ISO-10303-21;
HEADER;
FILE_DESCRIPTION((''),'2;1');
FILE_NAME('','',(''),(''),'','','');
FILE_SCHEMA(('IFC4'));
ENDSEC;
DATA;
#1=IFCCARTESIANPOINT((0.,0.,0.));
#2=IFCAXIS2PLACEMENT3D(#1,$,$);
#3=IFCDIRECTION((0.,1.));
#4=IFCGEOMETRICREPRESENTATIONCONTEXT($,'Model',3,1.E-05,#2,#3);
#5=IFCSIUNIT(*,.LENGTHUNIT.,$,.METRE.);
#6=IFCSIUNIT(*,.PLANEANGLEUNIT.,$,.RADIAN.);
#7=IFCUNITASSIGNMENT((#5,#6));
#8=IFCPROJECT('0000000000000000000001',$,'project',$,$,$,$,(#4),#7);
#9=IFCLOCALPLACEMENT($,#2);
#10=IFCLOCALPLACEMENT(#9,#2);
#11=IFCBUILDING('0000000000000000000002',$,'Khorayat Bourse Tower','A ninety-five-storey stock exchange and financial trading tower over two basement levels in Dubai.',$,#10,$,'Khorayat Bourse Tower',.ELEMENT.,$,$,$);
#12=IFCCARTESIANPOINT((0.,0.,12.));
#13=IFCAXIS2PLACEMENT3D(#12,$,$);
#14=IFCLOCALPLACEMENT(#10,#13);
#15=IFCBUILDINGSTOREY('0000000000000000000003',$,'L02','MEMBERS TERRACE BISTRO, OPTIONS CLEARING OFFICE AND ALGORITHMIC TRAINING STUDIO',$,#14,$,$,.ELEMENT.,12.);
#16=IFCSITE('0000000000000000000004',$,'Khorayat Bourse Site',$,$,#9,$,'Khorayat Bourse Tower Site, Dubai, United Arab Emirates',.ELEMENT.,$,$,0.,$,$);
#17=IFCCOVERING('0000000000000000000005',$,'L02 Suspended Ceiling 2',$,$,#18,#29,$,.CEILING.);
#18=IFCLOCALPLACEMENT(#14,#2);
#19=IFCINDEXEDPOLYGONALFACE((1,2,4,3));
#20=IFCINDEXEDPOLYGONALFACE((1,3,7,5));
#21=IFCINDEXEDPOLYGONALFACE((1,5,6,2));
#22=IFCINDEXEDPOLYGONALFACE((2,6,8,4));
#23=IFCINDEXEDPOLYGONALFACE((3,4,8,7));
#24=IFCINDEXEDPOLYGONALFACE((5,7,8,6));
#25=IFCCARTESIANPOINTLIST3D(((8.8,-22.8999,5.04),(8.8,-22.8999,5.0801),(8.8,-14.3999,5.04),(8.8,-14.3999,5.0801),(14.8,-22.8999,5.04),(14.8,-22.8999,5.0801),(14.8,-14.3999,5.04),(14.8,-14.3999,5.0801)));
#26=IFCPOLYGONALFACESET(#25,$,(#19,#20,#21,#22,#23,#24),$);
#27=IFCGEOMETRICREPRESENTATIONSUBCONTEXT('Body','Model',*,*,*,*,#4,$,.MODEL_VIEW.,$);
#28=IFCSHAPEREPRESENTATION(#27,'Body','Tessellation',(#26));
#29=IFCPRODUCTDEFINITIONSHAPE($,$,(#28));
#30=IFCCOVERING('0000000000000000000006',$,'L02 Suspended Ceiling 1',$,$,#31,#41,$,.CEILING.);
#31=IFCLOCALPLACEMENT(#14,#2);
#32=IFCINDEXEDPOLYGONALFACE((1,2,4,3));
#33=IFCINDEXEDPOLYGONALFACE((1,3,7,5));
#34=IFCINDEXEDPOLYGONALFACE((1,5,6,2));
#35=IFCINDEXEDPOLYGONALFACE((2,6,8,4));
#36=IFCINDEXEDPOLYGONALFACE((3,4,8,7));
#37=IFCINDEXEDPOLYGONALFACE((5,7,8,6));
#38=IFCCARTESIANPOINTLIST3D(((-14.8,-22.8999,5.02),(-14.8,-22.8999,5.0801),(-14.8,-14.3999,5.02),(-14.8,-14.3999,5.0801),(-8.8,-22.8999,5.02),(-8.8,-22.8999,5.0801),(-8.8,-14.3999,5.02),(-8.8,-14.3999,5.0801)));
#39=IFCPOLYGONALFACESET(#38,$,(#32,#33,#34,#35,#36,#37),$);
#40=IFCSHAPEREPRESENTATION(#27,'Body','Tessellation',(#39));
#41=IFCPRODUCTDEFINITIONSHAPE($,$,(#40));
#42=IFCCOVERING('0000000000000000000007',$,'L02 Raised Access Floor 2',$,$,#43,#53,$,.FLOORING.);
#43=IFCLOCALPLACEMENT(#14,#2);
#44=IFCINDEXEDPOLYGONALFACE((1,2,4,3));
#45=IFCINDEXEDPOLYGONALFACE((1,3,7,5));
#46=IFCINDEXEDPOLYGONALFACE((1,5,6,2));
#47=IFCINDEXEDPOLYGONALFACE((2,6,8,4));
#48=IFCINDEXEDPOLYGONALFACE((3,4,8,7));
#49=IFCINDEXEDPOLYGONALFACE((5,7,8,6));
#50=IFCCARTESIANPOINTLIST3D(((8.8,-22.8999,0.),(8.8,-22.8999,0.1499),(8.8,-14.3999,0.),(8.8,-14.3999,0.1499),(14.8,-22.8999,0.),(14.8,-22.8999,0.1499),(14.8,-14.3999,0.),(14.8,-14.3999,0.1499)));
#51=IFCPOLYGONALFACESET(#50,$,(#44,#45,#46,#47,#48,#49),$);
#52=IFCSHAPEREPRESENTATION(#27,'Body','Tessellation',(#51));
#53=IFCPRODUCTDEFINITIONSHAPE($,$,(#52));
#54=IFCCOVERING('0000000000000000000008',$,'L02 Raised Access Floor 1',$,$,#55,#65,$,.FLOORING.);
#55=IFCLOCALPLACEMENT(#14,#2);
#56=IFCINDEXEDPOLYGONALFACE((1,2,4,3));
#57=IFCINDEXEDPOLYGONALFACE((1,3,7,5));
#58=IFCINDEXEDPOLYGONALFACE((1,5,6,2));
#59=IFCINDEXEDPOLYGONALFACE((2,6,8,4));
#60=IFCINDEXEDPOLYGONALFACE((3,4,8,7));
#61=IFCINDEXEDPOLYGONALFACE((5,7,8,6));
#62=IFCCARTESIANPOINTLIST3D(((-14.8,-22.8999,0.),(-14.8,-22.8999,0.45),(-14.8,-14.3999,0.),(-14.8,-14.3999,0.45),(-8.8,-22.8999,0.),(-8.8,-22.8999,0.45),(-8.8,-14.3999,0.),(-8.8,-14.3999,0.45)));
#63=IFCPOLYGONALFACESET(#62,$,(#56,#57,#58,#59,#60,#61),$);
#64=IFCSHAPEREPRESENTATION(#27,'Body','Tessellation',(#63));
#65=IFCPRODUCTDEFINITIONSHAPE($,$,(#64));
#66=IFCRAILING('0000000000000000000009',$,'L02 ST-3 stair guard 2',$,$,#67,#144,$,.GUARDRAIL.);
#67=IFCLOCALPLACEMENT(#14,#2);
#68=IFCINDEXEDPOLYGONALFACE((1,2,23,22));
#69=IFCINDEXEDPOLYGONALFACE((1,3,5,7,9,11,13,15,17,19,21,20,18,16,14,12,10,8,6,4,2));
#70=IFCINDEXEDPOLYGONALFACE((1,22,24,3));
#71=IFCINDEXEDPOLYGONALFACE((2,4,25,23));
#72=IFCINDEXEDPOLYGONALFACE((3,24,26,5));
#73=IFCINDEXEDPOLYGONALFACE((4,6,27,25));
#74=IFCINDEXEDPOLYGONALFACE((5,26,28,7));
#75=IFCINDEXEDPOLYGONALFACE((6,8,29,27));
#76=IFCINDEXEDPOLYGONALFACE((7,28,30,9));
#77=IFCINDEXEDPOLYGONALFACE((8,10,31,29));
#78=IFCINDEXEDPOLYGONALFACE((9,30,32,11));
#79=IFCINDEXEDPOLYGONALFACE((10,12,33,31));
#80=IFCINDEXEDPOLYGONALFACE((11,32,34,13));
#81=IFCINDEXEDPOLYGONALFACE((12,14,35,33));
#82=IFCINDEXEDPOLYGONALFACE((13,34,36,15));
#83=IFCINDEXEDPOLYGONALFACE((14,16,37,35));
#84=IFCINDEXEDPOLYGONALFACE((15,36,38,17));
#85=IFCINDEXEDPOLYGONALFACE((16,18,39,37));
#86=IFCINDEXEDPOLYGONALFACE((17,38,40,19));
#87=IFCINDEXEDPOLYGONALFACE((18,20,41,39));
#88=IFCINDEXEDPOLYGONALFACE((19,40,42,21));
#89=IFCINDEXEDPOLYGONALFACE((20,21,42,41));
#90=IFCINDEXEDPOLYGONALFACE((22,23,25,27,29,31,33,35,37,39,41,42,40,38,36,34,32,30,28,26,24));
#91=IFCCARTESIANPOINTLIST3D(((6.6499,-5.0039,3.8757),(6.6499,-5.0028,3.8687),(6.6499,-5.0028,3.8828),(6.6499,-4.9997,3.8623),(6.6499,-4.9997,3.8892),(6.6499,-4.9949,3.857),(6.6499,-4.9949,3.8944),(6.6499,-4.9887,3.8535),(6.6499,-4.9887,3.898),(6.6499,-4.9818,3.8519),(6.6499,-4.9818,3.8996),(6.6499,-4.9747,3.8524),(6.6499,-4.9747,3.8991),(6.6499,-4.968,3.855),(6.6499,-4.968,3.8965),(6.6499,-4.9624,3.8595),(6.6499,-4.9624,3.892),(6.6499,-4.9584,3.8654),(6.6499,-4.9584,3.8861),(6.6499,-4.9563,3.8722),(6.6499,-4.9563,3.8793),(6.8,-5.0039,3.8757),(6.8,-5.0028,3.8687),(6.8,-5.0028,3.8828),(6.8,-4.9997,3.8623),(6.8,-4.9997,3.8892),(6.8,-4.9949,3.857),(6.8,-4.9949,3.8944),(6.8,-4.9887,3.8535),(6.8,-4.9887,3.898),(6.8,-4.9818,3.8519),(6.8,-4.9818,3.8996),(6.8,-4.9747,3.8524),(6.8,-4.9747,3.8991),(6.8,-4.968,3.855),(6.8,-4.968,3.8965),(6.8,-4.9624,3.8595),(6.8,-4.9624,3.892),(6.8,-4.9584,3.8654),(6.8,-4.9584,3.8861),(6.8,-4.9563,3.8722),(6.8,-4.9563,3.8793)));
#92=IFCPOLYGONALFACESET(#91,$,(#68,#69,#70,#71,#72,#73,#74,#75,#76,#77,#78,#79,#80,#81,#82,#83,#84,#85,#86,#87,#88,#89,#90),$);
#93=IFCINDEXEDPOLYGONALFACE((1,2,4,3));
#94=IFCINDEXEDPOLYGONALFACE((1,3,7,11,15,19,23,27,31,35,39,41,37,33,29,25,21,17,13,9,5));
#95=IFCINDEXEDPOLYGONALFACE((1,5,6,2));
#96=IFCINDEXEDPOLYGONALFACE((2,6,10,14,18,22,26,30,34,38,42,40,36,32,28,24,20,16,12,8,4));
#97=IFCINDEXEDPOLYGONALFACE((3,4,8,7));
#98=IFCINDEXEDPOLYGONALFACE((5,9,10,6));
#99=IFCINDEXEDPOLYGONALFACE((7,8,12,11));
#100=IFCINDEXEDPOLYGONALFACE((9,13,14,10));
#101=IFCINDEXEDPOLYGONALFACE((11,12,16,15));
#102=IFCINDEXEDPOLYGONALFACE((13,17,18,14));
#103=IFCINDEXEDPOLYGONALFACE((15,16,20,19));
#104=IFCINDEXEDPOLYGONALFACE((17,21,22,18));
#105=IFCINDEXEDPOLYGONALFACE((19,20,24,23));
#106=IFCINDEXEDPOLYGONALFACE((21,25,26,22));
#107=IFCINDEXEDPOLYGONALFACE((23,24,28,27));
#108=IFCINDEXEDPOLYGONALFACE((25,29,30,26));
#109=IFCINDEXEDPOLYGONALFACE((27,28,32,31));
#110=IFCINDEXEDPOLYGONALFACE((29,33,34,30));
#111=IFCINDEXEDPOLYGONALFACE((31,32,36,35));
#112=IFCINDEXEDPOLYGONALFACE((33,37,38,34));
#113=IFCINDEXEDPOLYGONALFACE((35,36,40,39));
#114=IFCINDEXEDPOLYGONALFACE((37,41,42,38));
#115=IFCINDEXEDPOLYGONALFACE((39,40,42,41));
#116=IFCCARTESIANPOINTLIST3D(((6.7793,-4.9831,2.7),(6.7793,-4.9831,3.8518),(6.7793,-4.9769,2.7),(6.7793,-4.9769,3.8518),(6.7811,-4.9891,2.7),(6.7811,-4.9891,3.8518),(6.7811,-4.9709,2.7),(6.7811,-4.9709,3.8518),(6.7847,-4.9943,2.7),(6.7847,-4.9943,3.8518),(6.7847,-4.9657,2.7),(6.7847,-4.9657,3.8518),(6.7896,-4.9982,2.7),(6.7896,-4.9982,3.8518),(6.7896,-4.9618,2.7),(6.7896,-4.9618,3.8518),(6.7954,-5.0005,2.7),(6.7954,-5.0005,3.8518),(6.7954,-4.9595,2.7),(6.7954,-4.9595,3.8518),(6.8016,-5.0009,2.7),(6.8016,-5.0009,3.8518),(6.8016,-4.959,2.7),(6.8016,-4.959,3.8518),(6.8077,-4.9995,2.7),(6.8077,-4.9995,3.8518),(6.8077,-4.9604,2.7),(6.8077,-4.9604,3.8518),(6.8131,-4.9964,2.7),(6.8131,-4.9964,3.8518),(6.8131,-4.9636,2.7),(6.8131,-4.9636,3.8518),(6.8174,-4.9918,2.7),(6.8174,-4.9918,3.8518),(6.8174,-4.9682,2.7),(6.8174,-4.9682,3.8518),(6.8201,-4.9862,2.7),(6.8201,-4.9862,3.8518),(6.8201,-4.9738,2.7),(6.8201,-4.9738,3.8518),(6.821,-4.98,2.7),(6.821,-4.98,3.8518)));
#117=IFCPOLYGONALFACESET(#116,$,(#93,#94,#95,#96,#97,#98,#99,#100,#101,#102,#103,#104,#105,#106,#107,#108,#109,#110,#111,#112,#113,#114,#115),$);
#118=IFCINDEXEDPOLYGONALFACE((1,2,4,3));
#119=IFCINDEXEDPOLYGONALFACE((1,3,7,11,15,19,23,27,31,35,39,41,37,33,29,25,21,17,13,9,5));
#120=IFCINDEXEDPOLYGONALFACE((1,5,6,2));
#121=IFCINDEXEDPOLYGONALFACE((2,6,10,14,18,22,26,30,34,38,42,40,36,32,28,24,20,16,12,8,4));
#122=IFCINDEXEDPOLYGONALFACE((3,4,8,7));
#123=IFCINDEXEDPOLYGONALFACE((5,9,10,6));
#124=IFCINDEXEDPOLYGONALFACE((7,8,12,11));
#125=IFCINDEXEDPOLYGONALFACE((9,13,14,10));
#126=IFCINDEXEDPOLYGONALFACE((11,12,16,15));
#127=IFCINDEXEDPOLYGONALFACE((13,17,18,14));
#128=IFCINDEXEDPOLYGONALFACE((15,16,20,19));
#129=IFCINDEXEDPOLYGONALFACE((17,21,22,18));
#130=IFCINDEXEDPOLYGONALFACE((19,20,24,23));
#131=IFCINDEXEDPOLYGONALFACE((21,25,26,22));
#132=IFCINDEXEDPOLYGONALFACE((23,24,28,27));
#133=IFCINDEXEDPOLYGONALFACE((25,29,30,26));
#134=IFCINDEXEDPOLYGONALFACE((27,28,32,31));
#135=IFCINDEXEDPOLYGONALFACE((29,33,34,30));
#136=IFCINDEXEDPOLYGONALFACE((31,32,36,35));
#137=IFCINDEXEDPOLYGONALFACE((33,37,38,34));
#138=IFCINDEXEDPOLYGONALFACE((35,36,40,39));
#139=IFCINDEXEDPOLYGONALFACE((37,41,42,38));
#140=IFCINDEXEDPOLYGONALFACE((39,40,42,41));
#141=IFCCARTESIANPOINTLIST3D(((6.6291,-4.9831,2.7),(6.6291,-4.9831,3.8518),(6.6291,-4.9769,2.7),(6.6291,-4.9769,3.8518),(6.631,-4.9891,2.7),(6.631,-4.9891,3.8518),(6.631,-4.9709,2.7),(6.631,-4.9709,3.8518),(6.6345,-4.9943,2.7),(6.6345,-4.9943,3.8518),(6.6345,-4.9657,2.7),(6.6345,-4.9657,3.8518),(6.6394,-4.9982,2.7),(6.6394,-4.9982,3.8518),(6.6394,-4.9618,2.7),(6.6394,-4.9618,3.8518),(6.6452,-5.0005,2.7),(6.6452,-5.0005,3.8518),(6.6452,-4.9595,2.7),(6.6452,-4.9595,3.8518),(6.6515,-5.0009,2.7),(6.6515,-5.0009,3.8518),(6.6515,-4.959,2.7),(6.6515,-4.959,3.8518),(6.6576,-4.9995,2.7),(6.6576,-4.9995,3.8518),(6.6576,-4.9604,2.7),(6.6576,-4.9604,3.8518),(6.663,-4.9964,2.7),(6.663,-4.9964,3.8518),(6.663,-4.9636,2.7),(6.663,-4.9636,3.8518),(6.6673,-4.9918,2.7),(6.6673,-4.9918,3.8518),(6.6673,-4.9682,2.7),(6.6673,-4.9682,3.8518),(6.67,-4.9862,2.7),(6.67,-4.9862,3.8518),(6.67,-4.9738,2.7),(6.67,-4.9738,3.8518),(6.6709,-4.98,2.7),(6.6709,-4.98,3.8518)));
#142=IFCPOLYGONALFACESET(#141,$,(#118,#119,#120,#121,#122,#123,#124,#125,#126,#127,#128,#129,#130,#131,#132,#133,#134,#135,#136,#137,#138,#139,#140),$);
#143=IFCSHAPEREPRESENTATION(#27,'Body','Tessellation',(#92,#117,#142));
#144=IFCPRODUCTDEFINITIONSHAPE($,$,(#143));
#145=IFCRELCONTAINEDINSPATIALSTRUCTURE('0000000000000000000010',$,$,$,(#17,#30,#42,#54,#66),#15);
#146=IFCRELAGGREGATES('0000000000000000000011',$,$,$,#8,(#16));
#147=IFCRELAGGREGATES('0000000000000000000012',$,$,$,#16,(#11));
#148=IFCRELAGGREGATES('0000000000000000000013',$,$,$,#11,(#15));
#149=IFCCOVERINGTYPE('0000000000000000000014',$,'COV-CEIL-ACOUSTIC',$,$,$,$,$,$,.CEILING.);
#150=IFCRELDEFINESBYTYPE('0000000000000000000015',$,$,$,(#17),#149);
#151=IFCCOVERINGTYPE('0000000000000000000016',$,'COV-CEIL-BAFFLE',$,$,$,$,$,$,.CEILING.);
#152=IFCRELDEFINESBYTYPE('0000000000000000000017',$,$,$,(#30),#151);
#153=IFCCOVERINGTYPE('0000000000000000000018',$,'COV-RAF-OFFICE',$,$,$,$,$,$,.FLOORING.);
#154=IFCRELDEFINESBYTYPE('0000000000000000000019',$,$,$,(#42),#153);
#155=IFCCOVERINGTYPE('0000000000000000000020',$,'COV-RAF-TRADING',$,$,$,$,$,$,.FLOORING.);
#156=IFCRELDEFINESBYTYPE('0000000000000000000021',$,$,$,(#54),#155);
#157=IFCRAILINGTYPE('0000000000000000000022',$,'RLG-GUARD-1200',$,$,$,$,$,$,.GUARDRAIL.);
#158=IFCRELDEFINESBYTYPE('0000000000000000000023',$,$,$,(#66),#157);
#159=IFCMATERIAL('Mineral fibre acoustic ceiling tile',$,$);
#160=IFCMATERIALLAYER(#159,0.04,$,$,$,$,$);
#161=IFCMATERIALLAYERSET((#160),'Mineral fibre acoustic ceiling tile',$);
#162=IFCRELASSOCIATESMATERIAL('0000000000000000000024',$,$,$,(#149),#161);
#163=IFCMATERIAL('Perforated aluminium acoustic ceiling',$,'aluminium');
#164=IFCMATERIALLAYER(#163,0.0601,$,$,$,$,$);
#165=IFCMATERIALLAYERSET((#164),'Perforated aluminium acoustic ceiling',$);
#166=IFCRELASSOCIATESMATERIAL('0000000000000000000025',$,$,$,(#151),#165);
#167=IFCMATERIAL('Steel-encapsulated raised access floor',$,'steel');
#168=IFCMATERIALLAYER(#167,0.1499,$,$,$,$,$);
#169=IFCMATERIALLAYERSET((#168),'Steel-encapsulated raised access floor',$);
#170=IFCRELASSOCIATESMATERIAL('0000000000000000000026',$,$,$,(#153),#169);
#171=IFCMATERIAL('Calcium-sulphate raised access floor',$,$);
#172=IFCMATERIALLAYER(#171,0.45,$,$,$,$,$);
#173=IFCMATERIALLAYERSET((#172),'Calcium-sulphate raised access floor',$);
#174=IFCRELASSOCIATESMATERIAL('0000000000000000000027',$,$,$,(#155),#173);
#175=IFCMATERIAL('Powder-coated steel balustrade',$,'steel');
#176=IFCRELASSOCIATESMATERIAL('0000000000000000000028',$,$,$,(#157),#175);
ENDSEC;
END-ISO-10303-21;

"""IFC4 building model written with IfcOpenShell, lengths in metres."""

from ifc_helpers import new_model, si_unit, direction, frame, origin, origin_2d, place, context, subcontext, project, spatial, polyline, circle, outline, extrude, source, transform, mapped, material, layer, layer_set, type_object, element, save


model = new_model("IFC4")

# Units and contexts
model_context = context("Model", 3, precision=1e-05, world=origin(), true_north=direction((0.0, 1.0)))
body_context = subcontext(model_context, "Body", "Model", "MODEL_VIEW")
ifc_project = project(units=[si_unit("LENGTHUNIT", "METRE"), si_unit("PLANEANGLEUNIT", "RADIAN")], contexts=[model_context])

# Site, building, storey
site_placement = place(None, origin())
site = spatial("IfcSite", under=ifc_project, at=site_placement, Name="Khorayat Bourse Site", LongName="Khorayat Bourse Tower Site, Dubai, United Arab Emirates", CompositionType="ELEMENT", RefElevation=0.0)
building_placement = place(site_placement, origin())
building = spatial("IfcBuilding", under=site, at=building_placement, Name="Khorayat Bourse Tower", Description="A ninety-five-storey stock exchange and financial trading tower over two basement levels in Dubai.", LongName="Khorayat Bourse Tower", CompositionType="ELEMENT")
storey_placement = place(building_placement, frame((0.0, 0.0, 12.0)))
storey = spatial("IfcBuildingStorey", under=building, at=storey_placement, Name="L02", Description="MEMBERS TERRACE BISTRO, OPTIONS CLEARING OFFICE AND ALGORITHMIC TRAINING STUDIO", CompositionType="ELEMENT", Elevation=12.0)

# Coverings
ifc_material_1 = material(Name="Mineral fibre acoustic ceiling tile")
ifc_layer_1 = layer(ifc_material_1, 0.04)
ifc_layer_set_1 = layer_set([ifc_layer_1], Name="Mineral fibre acoustic ceiling tile")
covering_type_1 = type_object("IfcCoveringType", Name="COV-CEIL-ACOUSTIC", PredefinedType="CEILING", material=ifc_layer_set_1)
covering_1_placement = place(storey_placement, frame((0.0, 0.0, 5.04)))
element("IfcCovering", 1, at=covering_1_placement, inside=storey, type_object=covering_type_1, Name="L02 Suspended Ceiling 2", PredefinedType="CEILING", context=body_context, shape_type="SweptSolid", body=[
    extrude(outline(polyline([(8.8, -22.8999), (14.8, -22.8999), (14.8, -14.3999), (8.8, -14.3999), (8.8, -22.8999)])), origin(), (0.0, 0.0, 1.0), 0.04),
])
ifc_material_2 = material(Name="Perforated aluminium acoustic ceiling", Category="aluminium")
ifc_layer_2 = layer(ifc_material_2, 0.0601)
ifc_layer_set_2 = layer_set([ifc_layer_2], Name="Perforated aluminium acoustic ceiling")
covering_type_2 = type_object("IfcCoveringType", Name="COV-CEIL-BAFFLE", PredefinedType="CEILING", material=ifc_layer_set_2)
covering_2_placement = place(storey_placement, frame((0.0, 0.0, 5.02)))
element("IfcCovering", 2, at=covering_2_placement, inside=storey, type_object=covering_type_2, Name="L02 Suspended Ceiling 1", PredefinedType="CEILING", context=body_context, shape_type="SweptSolid", body=[
    extrude(outline(polyline([(-14.8, -22.8999), (-8.8, -22.8999), (-8.8, -14.3999), (-14.8, -14.3999), (-14.8, -22.8999)])), origin(), (0.0, 0.0, 1.0), 0.0601),
])
ifc_material_3 = material(Name="Steel-encapsulated raised access floor", Category="steel")
ifc_layer_3 = layer(ifc_material_3, 0.1499)
ifc_layer_set_3 = layer_set([ifc_layer_3], Name="Steel-encapsulated raised access floor")
covering_type_3 = type_object("IfcCoveringType", Name="COV-RAF-OFFICE", PredefinedType="FLOORING", material=ifc_layer_set_3)
covering_3_placement = place(storey_placement, origin())
element("IfcCovering", 3, at=covering_3_placement, inside=storey, type_object=covering_type_3, Name="L02 Raised Access Floor 2", PredefinedType="FLOORING", context=body_context, shape_type="SweptSolid", body=[
    extrude(outline(polyline([(8.8, -22.8999), (14.8, -22.8999), (14.8, -14.3999), (8.8, -14.3999), (8.8, -22.8999)])), origin(), (0.0, 0.0, 1.0), 0.1499),
])
ifc_material_4 = material(Name="Calcium-sulphate raised access floor")
ifc_layer_4 = layer(ifc_material_4, 0.45)
ifc_layer_set_4 = layer_set([ifc_layer_4], Name="Calcium-sulphate raised access floor")
covering_type_4 = type_object("IfcCoveringType", Name="COV-RAF-TRADING", PredefinedType="FLOORING", material=ifc_layer_set_4)
covering_4_placement = place(storey_placement, origin())
element("IfcCovering", 4, at=covering_4_placement, inside=storey, type_object=covering_type_4, Name="L02 Raised Access Floor 1", PredefinedType="FLOORING", context=body_context, shape_type="SweptSolid", body=[
    extrude(outline(polyline([(-14.8, -22.8999), (-8.8, -22.8999), (-8.8, -14.3999), (-14.8, -14.3999), (-14.8, -22.8999)])), origin(), (0.0, 0.0, 1.0), 0.45),
])

# Railing
ifc_material_5 = material(Name="Powder-coated steel balustrade", Category="steel")
railing_type = type_object("IfcRailingType", Name="RLG-GUARD-1200", PredefinedType="GUARDRAIL", material=ifc_material_5)
shared_shape_1 = source(origin(), body_context, "Body", "SweptSolid", [
    extrude(circle(Radius=0.0239, at=origin_2d()), frame((0.0, 0.0, 1.1758), z_axis=(-1.0, 0.0, 0.0), x_axis=(0.0, -1.0, 0.0)), (0.0, 0.0, 1.0), 0.1501),
    extrude(circle(Radius=0.021, at=origin_2d()), origin(), (0.0, 0.0, 1.0), 1.1519),
    extrude(circle(Radius=0.021, at=origin_2d()), frame((-0.1501, 0.0, 0.0)), (0.0, 0.0, 1.0), 1.1519),
])
railing_placement = place(storey_placement, frame((6.8, -4.98, 2.7)))
element("IfcRailing", 5, at=railing_placement, inside=storey, type_object=railing_type, Name="L02 ST-3 stair guard 2", PredefinedType="GUARDRAIL", context=body_context, shape_type="MappedRepresentation", body=[
    mapped(shared_shape_1, transform((0.0, 0.0, 0.0), scale=1.0)),
])

save(model, "model.ifc")
